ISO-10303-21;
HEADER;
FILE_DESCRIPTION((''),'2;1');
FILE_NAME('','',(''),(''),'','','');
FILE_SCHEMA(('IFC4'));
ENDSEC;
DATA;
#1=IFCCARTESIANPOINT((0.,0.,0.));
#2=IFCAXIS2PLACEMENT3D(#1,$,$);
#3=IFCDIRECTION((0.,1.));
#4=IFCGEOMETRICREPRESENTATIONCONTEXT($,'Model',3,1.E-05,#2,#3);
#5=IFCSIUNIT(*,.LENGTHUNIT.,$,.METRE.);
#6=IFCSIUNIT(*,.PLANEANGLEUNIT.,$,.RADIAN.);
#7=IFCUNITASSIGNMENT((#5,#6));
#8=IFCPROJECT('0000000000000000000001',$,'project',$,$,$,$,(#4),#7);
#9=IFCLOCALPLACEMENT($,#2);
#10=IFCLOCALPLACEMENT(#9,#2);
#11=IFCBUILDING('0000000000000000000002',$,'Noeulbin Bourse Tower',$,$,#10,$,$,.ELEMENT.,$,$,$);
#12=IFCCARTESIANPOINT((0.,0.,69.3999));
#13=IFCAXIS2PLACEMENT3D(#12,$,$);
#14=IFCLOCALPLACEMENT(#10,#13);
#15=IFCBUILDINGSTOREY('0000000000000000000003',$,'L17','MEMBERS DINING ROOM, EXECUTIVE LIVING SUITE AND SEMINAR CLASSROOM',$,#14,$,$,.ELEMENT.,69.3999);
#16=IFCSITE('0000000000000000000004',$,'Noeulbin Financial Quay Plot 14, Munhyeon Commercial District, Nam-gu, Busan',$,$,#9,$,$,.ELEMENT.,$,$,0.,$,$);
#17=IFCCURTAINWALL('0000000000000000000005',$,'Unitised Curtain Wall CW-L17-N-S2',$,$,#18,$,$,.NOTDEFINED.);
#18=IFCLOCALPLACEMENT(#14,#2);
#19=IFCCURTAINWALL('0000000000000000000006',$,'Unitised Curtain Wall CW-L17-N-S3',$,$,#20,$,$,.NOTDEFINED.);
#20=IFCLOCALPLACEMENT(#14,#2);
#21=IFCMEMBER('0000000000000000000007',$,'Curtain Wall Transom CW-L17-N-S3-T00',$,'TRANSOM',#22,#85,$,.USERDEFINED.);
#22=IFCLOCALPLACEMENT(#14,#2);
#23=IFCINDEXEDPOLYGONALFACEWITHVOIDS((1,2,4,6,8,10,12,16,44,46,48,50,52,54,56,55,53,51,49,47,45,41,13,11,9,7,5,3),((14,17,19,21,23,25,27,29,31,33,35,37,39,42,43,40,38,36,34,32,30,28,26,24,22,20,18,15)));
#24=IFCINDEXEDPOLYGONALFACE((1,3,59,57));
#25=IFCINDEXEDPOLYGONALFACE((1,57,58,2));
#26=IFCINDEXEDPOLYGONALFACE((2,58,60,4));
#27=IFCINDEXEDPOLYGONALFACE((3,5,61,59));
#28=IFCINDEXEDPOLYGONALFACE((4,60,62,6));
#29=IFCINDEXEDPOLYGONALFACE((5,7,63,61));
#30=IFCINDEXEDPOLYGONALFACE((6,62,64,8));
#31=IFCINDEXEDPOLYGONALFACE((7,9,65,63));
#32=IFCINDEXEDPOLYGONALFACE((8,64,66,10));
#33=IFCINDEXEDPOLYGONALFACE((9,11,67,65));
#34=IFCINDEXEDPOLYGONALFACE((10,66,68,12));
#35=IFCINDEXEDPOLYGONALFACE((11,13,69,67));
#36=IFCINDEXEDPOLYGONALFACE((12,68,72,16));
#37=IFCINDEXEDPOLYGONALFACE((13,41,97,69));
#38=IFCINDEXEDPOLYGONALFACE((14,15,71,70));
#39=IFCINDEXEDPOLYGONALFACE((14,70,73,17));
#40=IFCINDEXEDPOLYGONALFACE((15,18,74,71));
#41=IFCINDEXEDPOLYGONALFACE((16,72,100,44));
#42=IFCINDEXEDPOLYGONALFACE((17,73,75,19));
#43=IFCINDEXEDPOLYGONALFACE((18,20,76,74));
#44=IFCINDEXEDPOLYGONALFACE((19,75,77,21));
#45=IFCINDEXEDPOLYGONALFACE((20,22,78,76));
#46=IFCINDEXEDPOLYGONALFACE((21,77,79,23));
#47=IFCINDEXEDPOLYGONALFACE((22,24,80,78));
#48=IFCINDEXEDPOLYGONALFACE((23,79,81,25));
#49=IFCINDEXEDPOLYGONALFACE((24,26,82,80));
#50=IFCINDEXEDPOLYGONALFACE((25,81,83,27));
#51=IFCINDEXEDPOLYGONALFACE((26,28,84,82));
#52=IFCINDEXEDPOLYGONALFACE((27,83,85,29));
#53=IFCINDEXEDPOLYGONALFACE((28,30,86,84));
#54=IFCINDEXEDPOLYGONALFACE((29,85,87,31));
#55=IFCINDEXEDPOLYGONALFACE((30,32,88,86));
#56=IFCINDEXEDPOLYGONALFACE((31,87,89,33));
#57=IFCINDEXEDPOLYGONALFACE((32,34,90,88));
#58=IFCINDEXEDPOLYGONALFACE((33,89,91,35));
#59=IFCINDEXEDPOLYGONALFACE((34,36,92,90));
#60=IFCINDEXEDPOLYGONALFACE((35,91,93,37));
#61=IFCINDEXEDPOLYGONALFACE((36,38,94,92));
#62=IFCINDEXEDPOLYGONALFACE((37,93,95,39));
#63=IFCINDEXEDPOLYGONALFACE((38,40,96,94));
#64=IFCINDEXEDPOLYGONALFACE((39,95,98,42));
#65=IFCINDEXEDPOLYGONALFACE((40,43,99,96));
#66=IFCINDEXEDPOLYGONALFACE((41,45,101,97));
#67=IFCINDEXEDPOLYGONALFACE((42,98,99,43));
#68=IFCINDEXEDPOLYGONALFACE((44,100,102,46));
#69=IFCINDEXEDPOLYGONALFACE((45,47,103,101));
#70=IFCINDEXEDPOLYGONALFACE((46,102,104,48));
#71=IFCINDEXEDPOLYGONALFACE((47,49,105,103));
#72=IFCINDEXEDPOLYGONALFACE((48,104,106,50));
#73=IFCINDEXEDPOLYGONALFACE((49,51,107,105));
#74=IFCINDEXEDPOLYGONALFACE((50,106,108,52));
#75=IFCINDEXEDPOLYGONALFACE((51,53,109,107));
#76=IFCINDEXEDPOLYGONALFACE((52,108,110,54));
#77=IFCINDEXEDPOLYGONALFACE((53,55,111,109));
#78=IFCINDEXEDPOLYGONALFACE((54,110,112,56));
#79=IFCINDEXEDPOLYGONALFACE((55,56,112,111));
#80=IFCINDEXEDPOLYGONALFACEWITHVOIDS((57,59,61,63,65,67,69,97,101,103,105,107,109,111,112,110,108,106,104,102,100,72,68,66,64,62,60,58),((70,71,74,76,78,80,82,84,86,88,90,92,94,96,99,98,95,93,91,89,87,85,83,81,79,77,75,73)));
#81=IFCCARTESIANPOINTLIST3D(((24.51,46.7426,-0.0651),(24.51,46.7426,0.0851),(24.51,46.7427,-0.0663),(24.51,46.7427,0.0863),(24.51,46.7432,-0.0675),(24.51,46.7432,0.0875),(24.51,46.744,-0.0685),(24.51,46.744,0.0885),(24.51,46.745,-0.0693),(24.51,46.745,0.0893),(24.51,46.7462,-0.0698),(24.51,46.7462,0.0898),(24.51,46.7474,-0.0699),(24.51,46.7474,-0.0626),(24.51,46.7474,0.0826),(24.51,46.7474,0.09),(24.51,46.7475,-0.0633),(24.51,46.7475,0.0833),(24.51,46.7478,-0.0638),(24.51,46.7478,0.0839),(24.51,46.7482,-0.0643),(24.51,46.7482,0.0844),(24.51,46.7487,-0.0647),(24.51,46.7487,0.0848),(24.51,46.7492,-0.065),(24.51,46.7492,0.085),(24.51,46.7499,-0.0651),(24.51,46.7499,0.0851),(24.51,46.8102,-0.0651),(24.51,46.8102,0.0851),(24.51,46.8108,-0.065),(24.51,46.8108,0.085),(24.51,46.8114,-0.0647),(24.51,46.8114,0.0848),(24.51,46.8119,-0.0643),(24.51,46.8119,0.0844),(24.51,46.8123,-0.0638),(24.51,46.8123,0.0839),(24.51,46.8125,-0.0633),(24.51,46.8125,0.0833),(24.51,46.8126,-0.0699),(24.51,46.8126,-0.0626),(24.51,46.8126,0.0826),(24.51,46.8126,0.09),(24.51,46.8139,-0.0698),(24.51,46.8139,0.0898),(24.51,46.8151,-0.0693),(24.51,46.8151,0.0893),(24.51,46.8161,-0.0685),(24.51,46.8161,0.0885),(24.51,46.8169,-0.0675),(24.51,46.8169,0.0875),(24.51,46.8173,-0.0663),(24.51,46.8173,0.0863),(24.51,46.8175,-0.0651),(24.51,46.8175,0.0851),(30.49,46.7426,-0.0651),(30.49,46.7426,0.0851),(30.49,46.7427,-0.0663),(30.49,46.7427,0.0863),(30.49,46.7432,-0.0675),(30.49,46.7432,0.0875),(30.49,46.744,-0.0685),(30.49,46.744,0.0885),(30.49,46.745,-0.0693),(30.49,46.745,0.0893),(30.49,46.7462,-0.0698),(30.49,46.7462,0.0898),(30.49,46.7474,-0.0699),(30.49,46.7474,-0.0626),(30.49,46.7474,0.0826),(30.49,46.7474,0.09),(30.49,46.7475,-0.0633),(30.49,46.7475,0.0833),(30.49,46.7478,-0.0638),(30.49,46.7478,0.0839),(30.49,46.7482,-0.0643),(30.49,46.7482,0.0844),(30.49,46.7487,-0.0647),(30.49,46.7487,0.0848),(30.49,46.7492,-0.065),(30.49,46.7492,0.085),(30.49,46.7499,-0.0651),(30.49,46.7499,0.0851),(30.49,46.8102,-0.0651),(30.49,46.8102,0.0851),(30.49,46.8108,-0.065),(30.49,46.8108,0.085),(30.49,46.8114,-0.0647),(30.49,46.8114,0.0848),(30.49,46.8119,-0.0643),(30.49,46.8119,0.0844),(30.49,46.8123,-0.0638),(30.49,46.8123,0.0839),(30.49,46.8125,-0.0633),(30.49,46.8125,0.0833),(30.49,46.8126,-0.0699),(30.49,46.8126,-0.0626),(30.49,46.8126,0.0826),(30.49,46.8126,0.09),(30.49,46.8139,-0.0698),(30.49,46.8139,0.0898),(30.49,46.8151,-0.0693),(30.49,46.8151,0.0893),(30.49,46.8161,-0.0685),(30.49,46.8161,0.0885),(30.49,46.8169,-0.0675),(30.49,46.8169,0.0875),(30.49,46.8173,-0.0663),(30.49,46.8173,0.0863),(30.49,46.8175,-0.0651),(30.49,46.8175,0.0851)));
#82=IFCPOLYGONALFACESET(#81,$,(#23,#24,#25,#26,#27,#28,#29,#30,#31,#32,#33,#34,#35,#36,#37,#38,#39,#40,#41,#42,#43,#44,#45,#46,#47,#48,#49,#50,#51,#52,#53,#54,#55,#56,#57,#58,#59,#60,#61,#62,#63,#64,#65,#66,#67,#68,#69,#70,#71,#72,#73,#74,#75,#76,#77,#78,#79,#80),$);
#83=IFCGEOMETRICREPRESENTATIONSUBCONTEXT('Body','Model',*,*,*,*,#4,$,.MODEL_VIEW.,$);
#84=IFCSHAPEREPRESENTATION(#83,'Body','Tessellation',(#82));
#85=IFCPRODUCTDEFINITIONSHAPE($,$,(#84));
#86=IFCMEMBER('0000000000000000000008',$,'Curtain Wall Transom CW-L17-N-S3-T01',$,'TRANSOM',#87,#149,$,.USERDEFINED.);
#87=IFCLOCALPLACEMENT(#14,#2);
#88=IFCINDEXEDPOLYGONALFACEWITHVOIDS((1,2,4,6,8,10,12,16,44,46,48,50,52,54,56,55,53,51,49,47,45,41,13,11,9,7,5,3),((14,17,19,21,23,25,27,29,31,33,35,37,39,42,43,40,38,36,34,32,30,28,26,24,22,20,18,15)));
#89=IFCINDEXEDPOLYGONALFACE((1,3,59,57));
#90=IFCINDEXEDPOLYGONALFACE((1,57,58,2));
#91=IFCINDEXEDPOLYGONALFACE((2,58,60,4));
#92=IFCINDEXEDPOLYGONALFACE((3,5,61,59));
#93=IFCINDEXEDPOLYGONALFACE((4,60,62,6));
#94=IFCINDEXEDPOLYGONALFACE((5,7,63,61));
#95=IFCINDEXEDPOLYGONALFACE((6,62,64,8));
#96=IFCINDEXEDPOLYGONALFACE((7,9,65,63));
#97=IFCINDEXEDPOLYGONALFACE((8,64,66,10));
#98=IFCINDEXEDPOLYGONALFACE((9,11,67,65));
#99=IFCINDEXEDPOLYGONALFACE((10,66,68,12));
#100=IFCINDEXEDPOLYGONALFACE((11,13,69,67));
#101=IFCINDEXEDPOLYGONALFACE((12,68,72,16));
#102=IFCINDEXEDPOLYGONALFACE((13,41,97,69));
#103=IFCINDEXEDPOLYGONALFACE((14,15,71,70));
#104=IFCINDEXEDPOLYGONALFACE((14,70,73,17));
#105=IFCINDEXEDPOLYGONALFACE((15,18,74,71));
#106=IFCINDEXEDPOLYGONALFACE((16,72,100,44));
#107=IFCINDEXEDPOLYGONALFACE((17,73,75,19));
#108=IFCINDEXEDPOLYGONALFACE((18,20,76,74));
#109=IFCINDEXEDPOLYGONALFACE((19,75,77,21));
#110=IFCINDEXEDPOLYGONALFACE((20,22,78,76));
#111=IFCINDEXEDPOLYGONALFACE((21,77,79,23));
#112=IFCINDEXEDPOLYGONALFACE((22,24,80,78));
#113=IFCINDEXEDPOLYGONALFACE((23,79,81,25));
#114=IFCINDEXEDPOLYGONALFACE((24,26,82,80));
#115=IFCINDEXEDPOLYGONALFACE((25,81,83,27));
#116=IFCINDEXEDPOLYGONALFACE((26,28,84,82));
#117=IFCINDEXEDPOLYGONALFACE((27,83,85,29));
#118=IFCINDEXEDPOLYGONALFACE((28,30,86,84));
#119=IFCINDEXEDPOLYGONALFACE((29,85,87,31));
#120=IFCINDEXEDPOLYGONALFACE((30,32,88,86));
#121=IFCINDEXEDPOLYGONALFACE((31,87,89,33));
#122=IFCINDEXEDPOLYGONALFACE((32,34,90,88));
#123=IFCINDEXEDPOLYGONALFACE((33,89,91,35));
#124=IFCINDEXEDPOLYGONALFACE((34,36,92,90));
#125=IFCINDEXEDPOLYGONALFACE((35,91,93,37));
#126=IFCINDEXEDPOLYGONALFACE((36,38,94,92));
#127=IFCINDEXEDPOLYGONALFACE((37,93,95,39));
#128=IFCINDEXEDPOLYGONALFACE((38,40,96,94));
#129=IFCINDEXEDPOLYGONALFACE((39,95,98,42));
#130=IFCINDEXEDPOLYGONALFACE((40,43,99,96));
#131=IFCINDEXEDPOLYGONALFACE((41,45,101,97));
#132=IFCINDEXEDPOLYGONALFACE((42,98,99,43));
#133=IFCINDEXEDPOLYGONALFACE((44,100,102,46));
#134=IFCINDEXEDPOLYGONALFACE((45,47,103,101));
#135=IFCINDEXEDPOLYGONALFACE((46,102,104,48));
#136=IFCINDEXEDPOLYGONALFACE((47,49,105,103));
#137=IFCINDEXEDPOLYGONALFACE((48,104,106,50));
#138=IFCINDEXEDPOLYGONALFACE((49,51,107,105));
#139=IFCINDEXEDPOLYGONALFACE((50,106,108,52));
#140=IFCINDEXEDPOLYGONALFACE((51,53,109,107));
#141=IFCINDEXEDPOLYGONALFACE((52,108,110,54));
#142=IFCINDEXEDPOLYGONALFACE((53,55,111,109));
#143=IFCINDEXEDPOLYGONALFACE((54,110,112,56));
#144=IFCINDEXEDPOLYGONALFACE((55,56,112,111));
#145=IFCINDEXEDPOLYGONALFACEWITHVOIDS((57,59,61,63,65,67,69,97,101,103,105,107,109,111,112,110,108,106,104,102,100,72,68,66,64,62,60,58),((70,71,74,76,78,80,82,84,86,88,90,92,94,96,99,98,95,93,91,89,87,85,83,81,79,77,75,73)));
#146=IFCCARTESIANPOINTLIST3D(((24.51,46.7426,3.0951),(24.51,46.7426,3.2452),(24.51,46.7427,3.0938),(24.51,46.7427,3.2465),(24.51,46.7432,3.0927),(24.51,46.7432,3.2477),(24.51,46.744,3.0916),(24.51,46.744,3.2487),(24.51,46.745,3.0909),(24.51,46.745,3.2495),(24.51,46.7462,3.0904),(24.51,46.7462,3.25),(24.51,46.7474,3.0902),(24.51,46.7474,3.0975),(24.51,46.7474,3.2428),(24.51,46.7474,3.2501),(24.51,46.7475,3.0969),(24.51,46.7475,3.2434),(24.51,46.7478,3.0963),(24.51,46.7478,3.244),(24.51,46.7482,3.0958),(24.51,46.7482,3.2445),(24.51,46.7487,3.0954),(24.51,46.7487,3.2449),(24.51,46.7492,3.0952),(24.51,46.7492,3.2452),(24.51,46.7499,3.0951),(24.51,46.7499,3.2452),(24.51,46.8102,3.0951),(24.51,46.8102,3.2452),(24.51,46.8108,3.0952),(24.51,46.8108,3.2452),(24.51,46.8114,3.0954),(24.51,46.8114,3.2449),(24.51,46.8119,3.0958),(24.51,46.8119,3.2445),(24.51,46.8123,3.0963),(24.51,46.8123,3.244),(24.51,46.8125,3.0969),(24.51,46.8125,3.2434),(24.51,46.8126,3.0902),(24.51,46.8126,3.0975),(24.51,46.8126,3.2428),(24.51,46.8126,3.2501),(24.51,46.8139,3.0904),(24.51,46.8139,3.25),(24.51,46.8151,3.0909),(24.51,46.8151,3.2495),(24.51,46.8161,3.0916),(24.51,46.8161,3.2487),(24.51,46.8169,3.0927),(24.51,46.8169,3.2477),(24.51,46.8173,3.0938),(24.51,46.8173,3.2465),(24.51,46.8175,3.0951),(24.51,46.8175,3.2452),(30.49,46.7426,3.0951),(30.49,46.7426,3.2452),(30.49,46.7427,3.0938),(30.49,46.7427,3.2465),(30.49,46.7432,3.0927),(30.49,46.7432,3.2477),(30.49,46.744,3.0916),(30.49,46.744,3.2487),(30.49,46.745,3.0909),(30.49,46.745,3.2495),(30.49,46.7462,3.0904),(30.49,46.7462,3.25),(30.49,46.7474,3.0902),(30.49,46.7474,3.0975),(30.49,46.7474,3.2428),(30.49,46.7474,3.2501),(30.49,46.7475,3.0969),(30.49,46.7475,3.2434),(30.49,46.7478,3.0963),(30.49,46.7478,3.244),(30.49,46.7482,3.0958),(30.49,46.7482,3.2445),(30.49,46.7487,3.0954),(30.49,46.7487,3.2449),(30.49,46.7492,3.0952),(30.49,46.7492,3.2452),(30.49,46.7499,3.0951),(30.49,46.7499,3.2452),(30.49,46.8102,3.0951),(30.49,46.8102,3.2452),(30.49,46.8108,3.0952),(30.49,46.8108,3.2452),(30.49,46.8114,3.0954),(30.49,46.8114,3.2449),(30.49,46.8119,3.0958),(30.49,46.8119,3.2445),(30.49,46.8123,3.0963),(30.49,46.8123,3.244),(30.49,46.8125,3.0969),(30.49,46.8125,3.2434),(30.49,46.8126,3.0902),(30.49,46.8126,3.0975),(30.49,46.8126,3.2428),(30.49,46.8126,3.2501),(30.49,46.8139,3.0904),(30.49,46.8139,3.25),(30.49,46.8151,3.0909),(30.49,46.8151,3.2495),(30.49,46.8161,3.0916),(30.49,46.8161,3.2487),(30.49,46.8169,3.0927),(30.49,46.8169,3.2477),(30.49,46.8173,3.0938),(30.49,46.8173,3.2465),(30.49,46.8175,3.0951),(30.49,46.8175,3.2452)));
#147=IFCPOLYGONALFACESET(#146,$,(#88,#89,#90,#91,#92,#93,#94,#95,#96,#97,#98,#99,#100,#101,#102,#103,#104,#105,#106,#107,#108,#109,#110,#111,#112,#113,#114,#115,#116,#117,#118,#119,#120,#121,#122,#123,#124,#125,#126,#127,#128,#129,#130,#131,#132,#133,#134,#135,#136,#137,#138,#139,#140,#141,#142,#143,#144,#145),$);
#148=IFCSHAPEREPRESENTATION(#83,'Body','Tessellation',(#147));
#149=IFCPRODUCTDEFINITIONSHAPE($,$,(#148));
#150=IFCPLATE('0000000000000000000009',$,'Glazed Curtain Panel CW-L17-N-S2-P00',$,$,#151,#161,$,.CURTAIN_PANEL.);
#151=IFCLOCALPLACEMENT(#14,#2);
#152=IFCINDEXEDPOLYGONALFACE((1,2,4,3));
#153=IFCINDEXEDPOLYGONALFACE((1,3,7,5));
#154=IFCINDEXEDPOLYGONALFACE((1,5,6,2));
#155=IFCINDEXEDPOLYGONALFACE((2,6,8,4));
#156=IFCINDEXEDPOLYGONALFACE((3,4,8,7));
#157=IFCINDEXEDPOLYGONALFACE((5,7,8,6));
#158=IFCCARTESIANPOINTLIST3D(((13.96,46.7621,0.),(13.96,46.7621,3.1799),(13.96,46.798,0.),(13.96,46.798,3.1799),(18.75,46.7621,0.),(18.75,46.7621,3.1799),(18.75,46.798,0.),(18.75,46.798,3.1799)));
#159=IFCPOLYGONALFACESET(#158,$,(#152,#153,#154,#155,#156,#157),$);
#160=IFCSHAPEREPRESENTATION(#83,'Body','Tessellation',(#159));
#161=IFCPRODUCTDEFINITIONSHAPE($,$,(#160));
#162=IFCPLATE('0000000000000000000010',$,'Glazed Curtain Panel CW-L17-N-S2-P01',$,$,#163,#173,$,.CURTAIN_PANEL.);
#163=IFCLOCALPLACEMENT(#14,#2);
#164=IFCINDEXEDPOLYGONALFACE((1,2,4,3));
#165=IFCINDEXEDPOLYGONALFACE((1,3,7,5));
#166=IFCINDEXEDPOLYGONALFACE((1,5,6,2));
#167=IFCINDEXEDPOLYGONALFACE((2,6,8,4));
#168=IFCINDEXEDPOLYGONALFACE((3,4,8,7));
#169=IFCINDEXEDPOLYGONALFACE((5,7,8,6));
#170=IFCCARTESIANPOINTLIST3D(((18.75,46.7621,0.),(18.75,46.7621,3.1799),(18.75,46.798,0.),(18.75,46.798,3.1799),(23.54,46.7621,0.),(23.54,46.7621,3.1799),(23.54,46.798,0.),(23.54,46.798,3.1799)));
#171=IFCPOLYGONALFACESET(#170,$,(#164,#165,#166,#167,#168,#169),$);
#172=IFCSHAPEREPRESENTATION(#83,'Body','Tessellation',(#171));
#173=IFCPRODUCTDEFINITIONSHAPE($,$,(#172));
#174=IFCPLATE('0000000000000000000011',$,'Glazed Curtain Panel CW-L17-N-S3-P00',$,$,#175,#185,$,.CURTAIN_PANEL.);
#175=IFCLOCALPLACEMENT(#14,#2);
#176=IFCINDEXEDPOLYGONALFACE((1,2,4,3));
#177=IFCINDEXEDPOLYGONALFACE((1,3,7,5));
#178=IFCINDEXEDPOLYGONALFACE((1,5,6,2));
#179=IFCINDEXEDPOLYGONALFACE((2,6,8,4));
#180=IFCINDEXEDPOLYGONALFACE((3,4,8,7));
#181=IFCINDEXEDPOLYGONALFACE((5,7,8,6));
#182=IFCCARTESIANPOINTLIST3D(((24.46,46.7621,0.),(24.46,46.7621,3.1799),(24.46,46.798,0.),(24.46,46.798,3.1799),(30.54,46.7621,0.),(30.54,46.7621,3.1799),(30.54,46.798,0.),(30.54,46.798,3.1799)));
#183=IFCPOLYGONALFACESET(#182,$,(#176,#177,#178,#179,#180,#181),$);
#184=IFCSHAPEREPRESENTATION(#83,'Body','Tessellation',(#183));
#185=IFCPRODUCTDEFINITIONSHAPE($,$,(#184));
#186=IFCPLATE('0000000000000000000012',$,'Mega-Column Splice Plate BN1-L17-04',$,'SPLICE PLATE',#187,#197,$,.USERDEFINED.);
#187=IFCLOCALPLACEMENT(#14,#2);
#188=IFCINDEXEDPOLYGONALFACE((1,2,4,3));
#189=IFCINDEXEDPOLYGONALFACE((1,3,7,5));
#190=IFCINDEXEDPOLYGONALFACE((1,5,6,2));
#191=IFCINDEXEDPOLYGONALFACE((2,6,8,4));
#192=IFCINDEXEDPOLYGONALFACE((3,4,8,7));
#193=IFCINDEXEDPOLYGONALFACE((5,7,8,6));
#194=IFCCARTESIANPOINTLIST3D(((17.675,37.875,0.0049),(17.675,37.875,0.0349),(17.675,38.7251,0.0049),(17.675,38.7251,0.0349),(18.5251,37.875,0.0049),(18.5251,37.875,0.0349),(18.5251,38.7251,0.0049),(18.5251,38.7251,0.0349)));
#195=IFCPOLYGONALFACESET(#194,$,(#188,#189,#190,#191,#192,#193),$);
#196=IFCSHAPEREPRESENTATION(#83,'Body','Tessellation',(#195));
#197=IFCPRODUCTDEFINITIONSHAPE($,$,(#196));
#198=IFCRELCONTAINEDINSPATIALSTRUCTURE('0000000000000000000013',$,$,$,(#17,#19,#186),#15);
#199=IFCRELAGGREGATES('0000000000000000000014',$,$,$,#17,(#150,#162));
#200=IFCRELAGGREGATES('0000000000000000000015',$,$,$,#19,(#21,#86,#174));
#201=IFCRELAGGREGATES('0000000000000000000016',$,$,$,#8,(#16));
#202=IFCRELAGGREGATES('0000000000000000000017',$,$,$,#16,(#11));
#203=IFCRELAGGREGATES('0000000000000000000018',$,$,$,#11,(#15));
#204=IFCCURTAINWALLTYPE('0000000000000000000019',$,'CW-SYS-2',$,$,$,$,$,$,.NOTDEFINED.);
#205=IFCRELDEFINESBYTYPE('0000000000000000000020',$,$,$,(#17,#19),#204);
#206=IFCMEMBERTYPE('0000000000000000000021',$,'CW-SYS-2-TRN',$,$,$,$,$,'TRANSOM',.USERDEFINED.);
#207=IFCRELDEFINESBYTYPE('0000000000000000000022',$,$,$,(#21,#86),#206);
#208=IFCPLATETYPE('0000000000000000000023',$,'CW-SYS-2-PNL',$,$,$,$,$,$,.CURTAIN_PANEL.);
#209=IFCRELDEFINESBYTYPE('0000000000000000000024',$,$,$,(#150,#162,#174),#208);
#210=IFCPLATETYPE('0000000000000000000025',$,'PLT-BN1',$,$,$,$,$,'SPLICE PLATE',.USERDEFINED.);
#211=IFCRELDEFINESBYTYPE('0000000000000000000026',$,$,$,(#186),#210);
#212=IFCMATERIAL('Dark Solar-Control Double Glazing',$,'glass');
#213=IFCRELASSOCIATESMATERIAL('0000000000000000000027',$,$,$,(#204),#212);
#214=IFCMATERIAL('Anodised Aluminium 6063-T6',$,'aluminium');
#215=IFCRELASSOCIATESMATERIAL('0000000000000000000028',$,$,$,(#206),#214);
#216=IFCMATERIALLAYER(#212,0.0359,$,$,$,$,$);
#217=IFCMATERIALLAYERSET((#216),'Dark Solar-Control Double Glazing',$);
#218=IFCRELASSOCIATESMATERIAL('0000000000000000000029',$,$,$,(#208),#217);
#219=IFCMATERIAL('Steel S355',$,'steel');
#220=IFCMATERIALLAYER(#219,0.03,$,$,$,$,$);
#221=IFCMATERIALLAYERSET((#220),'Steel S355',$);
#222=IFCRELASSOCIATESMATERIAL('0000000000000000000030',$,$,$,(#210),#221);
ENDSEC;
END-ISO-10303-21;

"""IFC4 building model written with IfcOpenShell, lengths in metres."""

from ifc_helpers import new_model, si_unit, direction, frame, origin, origin_2d, place, context, subcontext, project, spatial, rectangle, hollow_rectangle, extrude, material, layer, layer_set, material_profile, profile_set, type_object, element, aggregate, save


model = new_model("IFC4")

# Units and contexts
model_context = context("Model", 3, precision=1e-05, world=origin(), true_north=direction((0.0, 1.0)))
body_context = subcontext(model_context, "Body", "Model", "MODEL_VIEW")
ifc_project = project(units=[si_unit("LENGTHUNIT", "METRE"), si_unit("PLANEANGLEUNIT", "RADIAN")], contexts=[model_context])

# Site, building, storey
site_placement = place(None, origin())
site = spatial("IfcSite", under=ifc_project, at=site_placement, Name="Noeulbin Financial Quay Plot 14, Munhyeon Commercial District, Nam-gu, Busan", CompositionType="ELEMENT", RefElevation=0.0)
building_placement = place(site_placement, origin())
building = spatial("IfcBuilding", under=site, at=building_placement, Name="Noeulbin Bourse Tower", CompositionType="ELEMENT")
storey_placement = place(building_placement, frame((0.0, 0.0, 69.3999)))
storey = spatial("IfcBuildingStorey", under=building, at=storey_placement, Name="L17", Description="MEMBERS DINING ROOM, EXECUTIVE LIVING SUITE AND SEMINAR CLASSROOM", CompositionType="ELEMENT", Elevation=69.3999)

# Shared definitions
ifc_material_1 = material(Name="Steel S355", Category="steel")

# Curtain walls, members
ifc_material_2 = material(Name="Dark Solar-Control Double Glazing", Category="glass")
curtain_wall_type = type_object("IfcCurtainWallType", Name="CW-SYS-2", PredefinedType="NOTDEFINED", material=ifc_material_2)
curtain_wall_1_placement = place(storey_placement, origin())
curtain_wall_1 = element("IfcCurtainWall", 1, at=curtain_wall_1_placement, inside=storey, type_object=curtain_wall_type, Name="Unitised Curtain Wall CW-L17-N-S2", PredefinedType="NOTDEFINED")
ifc_material_3 = material(Name="Anodised Aluminium 6063-T6", Category="aluminium")
curtain_wall_2_placement = place(storey_placement, origin())
curtain_wall_2 = element("IfcCurtainWall", 2, at=curtain_wall_2_placement, inside=storey, type_object=curtain_wall_type, Name="Unitised Curtain Wall CW-L17-N-S3", PredefinedType="NOTDEFINED")
ifc_material_profile_1 = material_profile(ifc_material_3, hollow_rectangle(XDim=0.075, YDim=0.1599, WallThickness=0.0049, InnerFilletRadius=0.0024, OuterFilletRadius=0.0049, at=origin_2d()), Name="ALU-TRAN-75x160x5", Category="LoadBearing")
ifc_profile_set_1 = profile_set([ifc_material_profile_1], Name="Anodised Aluminium 6063-T6")
member_type_1 = type_object("IfcMemberType", Name="CW-SYS-2-TRN", ElementType="TRANSOM", PredefinedType="USERDEFINED", material=ifc_profile_set_1)
member_1_placement = place(storey_placement, frame((24.51, 46.78, 0.01), z_axis=(1.0, 0.0, 0.0), x_axis=(0.0, 1.0, 0.0)))
member_1 = element("IfcMember", 3, at=member_1_placement, type_object=member_type_1, Name="Curtain Wall Transom CW-L17-N-S3-T00", ObjectType="TRANSOM", PredefinedType="USERDEFINED", context=body_context, shape_type="SweptSolid", body=[
    extrude(hollow_rectangle(XDim=0.075, YDim=0.1599, WallThickness=0.0049, InnerFilletRadius=0.0024, OuterFilletRadius=0.0049, at=origin_2d()), origin(), (0.0, 0.0, 1.0), 5.98),
])
member_2_placement = place(storey_placement, frame((24.51, 46.78, 3.1702), z_axis=(1.0, 0.0, 0.0), x_axis=(0.0, 1.0, 0.0)))
member_2 = element("IfcMember", 4, at=member_2_placement, type_object=member_type_1, Name="Curtain Wall Transom CW-L17-N-S3-T01", ObjectType="TRANSOM", PredefinedType="USERDEFINED", context=body_context, shape_type="SweptSolid", body=[
    extrude(hollow_rectangle(XDim=0.075, YDim=0.1599, WallThickness=0.0049, InnerFilletRadius=0.0024, OuterFilletRadius=0.0049, at=origin_2d()), origin(), (0.0, 0.0, 1.0), 5.98),
])

# Plates
ifc_layer_1 = layer(ifc_material_2, 0.0359)
ifc_layer_set_1 = layer_set([ifc_layer_1], Name="Dark Solar-Control Double Glazing")
plate_type_1 = type_object("IfcPlateType", Name="CW-SYS-2-PNL", PredefinedType="CURTAIN_PANEL", material=ifc_layer_set_1)
plate_1_placement = place(storey_placement, frame((16.355, 46.78, 0.0), z_axis=(0.0, 0.0, 1.0), x_axis=(1.0, 0.0, 0.0)))
plate_1 = element("IfcPlate", 5, at=plate_1_placement, type_object=plate_type_1, Name="Glazed Curtain Panel CW-L17-N-S2-P00", PredefinedType="CURTAIN_PANEL", context=body_context, shape_type="SweptSolid", body=[
    extrude(rectangle(XDim=4.79, YDim=0.0359, at=origin_2d()), origin(), (0.0, 0.0, 1.0), 3.1799),
])
plate_2_placement = place(storey_placement, frame((21.145, 46.78, 0.0), z_axis=(0.0, 0.0, 1.0), x_axis=(1.0, 0.0, 0.0)))
plate_2 = element("IfcPlate", 6, at=plate_2_placement, type_object=plate_type_1, Name="Glazed Curtain Panel CW-L17-N-S2-P01", PredefinedType="CURTAIN_PANEL", context=body_context, shape_type="SweptSolid", body=[
    extrude(rectangle(XDim=4.79, YDim=0.0359, at=origin_2d()), origin(), (0.0, 0.0, 1.0), 3.1799),
])
aggregate(curtain_wall_1, [plate_1, plate_2])
plate_3_placement = place(storey_placement, frame((27.5, 46.78, 0.0), z_axis=(0.0, 0.0, 1.0), x_axis=(1.0, 0.0, 0.0)))
plate_3 = element("IfcPlate", 7, at=plate_3_placement, type_object=plate_type_1, Name="Glazed Curtain Panel CW-L17-N-S3-P00", PredefinedType="CURTAIN_PANEL", context=body_context, shape_type="SweptSolid", body=[
    extrude(rectangle(XDim=6.0801, YDim=0.0359, at=origin_2d()), origin(), (0.0, 0.0, 1.0), 3.1799),
])
aggregate(curtain_wall_2, [member_1, member_2, plate_3])

# Plate
ifc_layer_2 = layer(ifc_material_1, 0.03)
ifc_layer_set_2 = layer_set([ifc_layer_2], Name="Steel S355")
plate_type_2 = type_object("IfcPlateType", Name="PLT-BN1", ElementType="SPLICE PLATE", PredefinedType="USERDEFINED", material=ifc_layer_set_2)
for number, where, z_axis, x_axis, name in (
    (8, (18.1001, 38.3, 0.0049), (0.0, 0.0, 1.0), (1.0, 0.0, 0.0), "Mega-Column Splice Plate BN1-L17-04"),
):
    element("IfcPlate", number, at=place(storey_placement, frame(where, z_axis=z_axis, x_axis=x_axis)), inside=storey, type_object=plate_type_2, Name=name, ObjectType="SPLICE PLATE", PredefinedType="USERDEFINED", context=body_context, shape_type="SweptSolid", body=[
        extrude(rectangle(XDim=0.8501, YDim=0.8501, at=origin_2d()), origin(), (0.0, 0.0, 1.0), 0.03),
    ])

save(model, "model.ifc")
